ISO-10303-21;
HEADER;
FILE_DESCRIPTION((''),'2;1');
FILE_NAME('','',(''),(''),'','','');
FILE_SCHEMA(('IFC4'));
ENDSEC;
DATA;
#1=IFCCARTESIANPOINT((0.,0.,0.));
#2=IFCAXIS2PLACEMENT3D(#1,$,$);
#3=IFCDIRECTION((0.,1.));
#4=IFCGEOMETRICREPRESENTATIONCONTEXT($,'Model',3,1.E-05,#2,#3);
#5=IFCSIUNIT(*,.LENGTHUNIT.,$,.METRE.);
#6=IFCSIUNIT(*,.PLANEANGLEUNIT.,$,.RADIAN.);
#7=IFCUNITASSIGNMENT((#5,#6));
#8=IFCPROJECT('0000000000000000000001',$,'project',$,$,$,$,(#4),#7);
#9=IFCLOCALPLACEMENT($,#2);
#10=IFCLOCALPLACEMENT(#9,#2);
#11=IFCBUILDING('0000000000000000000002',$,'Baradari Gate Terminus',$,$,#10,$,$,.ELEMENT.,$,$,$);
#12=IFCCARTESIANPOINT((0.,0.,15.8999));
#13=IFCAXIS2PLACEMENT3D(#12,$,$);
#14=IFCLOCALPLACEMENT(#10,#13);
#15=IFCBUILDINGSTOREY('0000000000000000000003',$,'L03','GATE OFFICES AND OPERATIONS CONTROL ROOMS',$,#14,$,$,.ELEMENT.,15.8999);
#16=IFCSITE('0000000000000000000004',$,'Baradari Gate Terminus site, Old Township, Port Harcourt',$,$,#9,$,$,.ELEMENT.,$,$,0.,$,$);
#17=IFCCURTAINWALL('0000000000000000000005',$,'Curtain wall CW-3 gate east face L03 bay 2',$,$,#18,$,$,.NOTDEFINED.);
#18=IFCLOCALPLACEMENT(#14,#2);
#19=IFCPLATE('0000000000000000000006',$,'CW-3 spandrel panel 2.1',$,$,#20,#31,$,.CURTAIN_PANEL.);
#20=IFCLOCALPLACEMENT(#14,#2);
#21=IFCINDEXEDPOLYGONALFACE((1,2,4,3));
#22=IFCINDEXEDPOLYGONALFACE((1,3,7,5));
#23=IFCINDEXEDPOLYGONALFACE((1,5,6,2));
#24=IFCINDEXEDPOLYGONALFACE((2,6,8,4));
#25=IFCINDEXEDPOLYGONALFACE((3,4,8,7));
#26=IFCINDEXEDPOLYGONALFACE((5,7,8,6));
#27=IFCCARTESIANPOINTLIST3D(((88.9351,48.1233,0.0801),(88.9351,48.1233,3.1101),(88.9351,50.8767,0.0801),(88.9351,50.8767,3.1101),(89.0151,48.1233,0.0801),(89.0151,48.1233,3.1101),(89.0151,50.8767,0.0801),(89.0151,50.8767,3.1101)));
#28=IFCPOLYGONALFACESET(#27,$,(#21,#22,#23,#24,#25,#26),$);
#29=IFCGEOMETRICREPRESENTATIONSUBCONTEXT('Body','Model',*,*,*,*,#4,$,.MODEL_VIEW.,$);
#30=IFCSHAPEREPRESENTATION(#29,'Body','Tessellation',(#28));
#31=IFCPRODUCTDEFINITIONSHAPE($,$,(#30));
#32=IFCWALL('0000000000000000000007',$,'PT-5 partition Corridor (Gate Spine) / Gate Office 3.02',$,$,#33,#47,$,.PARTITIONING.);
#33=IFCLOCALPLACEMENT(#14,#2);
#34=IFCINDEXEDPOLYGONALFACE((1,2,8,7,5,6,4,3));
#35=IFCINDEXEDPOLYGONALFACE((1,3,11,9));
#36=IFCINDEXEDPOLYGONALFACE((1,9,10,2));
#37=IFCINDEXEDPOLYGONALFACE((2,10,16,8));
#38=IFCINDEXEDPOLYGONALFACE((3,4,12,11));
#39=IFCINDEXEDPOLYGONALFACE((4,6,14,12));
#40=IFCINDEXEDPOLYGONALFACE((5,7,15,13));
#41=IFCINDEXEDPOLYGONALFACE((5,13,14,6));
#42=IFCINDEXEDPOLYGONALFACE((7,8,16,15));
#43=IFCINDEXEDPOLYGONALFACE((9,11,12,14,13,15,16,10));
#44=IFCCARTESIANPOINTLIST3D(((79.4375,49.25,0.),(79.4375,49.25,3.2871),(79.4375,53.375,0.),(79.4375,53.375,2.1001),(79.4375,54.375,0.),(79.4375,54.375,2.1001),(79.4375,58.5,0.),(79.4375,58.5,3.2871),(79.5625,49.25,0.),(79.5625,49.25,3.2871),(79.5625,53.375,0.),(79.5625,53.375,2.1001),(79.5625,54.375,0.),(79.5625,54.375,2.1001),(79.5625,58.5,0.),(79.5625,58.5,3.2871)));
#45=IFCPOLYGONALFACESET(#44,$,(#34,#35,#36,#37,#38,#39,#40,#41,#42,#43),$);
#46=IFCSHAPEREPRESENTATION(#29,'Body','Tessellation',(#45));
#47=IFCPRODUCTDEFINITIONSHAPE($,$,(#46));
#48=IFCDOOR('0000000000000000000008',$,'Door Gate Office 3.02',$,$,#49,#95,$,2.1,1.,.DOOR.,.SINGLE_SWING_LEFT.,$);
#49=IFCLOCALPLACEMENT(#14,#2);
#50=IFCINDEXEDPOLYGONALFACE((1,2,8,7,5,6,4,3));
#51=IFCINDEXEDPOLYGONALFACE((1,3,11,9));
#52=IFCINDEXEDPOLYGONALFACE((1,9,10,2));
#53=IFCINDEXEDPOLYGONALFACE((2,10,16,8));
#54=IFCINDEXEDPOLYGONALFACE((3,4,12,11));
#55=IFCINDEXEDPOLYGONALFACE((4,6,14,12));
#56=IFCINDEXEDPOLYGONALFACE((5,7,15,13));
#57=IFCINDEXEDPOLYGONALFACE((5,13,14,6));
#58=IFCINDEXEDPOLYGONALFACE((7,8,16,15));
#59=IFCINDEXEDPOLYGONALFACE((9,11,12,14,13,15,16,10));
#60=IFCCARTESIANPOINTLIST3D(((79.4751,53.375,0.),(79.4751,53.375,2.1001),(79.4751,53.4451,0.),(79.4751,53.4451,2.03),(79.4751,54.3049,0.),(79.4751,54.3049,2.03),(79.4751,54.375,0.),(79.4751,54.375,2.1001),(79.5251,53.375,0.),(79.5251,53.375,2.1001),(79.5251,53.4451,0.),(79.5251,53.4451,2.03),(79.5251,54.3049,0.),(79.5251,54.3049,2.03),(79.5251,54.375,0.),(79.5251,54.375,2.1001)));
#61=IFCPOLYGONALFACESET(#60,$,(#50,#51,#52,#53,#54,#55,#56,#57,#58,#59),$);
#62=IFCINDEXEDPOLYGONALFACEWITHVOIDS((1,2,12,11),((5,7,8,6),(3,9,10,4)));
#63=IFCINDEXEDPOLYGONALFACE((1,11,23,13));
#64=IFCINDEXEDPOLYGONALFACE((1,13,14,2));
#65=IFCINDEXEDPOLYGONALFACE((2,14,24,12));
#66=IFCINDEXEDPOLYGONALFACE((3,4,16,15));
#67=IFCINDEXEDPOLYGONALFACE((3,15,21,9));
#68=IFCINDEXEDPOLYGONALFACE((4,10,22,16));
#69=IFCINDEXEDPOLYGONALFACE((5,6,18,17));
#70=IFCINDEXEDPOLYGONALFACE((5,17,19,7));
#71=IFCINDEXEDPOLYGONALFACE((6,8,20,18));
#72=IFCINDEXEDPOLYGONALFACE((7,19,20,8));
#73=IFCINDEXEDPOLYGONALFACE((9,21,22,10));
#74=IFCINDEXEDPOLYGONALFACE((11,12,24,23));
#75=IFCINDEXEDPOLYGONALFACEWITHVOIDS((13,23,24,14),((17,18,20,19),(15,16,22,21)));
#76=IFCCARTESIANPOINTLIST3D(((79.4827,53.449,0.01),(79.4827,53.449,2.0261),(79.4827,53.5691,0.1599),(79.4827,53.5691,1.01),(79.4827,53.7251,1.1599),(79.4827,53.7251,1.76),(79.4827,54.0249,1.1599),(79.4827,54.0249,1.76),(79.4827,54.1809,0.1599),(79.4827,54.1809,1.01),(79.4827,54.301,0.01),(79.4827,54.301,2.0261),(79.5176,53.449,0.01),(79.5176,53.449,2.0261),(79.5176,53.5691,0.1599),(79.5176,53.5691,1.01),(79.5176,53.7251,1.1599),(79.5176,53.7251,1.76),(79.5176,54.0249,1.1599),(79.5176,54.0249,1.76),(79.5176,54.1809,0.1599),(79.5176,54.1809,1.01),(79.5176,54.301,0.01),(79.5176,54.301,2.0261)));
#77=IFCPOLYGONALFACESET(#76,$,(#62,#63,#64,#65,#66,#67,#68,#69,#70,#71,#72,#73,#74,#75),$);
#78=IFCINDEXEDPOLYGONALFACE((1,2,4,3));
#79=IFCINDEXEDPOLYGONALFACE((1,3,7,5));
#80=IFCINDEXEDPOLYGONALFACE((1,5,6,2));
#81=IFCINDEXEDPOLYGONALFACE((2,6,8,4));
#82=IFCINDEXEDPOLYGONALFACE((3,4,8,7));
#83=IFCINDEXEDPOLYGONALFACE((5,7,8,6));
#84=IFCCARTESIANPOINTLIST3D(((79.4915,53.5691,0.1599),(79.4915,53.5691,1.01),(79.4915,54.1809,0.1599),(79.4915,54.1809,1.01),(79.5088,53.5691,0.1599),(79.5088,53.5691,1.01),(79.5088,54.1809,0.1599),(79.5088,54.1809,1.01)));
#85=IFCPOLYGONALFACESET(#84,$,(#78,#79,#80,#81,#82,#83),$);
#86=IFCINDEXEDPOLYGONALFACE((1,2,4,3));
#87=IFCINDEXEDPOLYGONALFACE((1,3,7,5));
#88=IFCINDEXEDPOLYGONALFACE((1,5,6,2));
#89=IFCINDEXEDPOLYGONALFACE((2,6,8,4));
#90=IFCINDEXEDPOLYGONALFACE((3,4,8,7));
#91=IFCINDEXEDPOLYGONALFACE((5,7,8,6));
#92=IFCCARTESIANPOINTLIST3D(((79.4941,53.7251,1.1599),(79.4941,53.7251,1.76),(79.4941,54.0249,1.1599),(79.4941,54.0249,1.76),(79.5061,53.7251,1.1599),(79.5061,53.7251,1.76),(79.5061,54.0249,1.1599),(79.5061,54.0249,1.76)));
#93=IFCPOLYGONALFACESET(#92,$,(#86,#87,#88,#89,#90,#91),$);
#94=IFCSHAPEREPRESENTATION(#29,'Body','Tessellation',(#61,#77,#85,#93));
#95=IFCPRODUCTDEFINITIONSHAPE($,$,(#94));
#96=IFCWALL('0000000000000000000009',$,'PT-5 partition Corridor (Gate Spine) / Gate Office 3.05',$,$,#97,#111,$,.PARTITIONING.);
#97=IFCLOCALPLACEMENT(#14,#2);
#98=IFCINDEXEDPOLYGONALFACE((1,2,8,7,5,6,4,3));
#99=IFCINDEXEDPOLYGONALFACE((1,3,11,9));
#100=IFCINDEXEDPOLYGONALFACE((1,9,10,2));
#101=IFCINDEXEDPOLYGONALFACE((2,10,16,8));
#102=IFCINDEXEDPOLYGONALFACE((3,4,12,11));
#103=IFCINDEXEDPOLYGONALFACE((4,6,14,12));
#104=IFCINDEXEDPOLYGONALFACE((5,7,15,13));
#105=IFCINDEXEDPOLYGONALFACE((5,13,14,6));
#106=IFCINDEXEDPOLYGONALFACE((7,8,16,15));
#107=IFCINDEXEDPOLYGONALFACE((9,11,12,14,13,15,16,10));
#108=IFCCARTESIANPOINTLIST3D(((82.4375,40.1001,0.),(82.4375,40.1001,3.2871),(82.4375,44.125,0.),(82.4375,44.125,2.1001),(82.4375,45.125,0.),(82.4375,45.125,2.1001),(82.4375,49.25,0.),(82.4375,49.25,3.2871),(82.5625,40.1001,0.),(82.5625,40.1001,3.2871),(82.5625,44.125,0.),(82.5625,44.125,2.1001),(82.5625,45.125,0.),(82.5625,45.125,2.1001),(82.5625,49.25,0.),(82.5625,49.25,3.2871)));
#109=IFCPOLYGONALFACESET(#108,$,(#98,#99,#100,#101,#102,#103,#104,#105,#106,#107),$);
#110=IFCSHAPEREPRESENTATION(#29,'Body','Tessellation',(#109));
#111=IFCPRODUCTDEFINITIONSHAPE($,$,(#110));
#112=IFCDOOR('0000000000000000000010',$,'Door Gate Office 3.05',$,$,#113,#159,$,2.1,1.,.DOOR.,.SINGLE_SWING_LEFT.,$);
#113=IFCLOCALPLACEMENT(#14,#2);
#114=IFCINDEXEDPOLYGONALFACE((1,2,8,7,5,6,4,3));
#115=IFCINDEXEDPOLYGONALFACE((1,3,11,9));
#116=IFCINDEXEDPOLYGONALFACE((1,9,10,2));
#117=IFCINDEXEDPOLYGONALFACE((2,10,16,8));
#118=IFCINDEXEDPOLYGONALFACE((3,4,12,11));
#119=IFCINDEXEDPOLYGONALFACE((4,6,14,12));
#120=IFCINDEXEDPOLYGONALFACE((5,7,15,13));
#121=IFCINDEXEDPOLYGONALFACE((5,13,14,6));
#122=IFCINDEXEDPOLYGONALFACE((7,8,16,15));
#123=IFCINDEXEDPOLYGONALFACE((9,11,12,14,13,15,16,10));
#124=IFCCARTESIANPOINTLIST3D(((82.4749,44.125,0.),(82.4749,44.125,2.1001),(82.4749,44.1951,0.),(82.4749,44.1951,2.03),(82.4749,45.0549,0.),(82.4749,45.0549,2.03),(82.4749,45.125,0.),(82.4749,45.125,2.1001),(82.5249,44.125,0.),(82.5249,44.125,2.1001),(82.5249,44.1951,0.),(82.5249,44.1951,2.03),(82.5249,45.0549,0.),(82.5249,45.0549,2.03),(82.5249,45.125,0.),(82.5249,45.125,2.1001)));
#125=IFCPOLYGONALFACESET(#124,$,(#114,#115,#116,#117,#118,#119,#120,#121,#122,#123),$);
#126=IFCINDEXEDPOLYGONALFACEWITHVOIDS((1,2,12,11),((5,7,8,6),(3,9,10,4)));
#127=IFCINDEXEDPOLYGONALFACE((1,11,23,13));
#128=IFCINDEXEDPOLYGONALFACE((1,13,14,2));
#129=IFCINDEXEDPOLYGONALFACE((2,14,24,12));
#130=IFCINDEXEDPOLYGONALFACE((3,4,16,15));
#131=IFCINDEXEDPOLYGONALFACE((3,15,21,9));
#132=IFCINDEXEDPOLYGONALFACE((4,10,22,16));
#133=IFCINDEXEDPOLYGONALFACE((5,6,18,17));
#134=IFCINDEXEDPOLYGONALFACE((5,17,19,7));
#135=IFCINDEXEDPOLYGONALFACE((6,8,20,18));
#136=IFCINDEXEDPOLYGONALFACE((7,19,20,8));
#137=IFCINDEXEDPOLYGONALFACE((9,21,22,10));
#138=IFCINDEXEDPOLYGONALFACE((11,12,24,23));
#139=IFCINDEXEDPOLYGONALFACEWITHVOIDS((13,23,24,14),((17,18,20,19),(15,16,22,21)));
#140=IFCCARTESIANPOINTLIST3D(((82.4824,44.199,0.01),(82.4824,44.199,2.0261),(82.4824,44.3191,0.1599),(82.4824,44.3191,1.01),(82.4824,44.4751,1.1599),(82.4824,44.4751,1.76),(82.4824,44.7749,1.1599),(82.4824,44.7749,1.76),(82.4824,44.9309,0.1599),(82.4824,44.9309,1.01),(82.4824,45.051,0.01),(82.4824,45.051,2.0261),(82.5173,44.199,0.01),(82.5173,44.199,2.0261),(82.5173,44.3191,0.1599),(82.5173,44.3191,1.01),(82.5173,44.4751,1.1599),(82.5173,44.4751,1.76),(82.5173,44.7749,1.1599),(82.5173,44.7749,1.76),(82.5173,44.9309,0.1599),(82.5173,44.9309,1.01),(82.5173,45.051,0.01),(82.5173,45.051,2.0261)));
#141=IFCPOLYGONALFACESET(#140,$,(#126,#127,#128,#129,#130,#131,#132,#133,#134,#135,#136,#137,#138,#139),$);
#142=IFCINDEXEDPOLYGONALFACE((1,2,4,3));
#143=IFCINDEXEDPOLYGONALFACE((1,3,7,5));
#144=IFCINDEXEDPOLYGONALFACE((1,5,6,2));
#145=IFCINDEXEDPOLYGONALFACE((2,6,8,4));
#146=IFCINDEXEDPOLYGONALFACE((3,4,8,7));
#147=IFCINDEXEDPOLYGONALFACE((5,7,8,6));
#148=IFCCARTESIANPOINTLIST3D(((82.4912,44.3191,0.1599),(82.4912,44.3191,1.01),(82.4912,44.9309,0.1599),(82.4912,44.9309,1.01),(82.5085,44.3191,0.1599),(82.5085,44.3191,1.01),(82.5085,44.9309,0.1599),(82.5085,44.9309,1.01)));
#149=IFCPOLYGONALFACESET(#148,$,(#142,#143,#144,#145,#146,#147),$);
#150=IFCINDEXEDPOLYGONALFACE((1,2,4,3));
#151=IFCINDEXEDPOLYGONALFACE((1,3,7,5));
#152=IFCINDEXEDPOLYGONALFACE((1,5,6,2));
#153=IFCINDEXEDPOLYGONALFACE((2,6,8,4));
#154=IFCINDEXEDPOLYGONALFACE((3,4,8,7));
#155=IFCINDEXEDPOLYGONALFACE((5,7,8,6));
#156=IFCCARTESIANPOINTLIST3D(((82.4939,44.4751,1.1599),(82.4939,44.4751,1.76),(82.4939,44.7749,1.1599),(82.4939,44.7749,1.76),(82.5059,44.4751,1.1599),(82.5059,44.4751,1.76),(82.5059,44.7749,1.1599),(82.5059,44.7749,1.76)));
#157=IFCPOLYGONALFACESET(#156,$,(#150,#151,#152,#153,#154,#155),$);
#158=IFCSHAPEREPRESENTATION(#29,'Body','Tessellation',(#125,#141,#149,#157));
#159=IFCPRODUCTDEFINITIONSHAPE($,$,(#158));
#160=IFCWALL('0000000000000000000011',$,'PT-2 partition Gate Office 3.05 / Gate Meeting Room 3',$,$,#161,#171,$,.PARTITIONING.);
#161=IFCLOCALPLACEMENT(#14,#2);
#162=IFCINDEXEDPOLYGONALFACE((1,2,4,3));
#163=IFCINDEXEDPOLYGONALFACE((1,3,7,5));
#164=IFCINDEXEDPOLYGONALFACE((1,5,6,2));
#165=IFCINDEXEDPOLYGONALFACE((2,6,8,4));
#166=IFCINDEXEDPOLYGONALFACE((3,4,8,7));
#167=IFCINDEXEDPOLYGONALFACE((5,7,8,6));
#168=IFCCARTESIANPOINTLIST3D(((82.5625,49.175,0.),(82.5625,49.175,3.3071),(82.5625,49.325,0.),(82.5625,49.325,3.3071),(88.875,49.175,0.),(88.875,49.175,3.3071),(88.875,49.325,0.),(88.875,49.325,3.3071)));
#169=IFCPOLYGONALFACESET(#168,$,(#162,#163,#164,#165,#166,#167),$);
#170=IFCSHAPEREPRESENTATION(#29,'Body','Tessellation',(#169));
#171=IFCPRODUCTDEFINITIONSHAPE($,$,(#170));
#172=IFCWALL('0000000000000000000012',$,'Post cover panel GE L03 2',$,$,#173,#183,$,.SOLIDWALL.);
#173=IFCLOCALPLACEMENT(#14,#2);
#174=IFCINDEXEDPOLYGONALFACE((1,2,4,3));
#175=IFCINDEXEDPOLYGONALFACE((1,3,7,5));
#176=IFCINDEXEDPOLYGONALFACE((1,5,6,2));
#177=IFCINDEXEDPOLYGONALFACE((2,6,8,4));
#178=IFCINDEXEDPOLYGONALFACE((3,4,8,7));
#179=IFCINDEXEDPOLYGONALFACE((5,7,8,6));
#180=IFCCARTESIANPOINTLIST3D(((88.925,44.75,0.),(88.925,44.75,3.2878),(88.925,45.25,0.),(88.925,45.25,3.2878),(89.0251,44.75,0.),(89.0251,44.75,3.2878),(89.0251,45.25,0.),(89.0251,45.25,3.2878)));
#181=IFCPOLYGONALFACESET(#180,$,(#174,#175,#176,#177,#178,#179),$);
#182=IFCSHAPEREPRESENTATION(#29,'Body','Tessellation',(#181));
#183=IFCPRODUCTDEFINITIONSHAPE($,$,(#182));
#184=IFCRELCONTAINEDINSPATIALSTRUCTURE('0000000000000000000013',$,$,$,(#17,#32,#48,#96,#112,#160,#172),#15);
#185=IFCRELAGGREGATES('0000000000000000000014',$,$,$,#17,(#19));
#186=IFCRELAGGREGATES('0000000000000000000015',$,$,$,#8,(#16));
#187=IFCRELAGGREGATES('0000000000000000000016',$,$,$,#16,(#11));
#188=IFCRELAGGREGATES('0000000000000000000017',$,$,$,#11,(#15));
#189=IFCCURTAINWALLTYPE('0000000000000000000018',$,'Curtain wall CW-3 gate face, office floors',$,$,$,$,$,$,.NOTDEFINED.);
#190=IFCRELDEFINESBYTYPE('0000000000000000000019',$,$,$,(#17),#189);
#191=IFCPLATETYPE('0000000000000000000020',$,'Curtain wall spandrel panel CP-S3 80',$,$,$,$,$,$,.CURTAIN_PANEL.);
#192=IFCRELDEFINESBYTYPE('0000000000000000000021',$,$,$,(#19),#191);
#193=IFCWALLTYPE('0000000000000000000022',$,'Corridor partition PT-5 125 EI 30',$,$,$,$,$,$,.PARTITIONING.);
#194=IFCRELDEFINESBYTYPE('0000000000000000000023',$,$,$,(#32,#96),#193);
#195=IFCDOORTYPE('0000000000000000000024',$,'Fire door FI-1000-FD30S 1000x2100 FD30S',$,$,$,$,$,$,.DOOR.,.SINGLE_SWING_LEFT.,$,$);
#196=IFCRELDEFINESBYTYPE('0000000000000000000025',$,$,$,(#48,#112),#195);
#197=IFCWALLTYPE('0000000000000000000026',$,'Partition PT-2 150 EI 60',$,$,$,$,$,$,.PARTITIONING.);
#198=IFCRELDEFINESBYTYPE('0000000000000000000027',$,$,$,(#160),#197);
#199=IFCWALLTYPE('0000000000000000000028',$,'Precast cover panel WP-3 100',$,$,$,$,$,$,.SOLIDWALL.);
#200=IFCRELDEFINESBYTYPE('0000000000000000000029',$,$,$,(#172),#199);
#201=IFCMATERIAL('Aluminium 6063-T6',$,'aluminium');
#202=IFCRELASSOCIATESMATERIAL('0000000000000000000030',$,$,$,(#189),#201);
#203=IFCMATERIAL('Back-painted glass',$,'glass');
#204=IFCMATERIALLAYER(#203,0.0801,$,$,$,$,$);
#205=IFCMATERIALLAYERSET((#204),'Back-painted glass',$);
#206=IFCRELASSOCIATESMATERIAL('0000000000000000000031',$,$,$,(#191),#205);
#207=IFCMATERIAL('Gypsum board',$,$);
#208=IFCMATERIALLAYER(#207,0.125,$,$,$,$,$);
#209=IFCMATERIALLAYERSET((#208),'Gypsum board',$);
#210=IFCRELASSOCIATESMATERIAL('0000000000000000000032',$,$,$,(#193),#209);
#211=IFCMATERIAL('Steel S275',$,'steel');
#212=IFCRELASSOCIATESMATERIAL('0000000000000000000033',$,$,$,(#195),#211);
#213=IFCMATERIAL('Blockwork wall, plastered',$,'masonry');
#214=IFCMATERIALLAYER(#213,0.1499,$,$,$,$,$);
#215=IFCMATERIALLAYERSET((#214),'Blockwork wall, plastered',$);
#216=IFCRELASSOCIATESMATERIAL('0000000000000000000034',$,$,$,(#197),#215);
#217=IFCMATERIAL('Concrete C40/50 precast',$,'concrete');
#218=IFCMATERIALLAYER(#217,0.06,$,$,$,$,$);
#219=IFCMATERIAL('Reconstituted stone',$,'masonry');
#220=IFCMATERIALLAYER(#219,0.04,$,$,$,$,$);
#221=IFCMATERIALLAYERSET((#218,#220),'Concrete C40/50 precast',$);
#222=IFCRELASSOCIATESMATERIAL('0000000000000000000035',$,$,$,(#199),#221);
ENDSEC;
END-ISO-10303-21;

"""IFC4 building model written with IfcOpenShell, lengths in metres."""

from ifc_helpers import new_model, si_unit, direction, frame, frame_2d, origin, origin_2d, place, context, subcontext, project, spatial, polyline, rectangle, outline, extrude, material, layer, layer_set, type_object, element, fill, aggregate, save


model = new_model("IFC4")

# Units and contexts
model_context = context("Model", 3, precision=1e-05, world=origin(), true_north=direction((0.0, 1.0)))
body_context = subcontext(model_context, "Body", "Model", "MODEL_VIEW")
ifc_project = project(units=[si_unit("LENGTHUNIT", "METRE"), si_unit("PLANEANGLEUNIT", "RADIAN")], contexts=[model_context])

# Site, building, storey
site_placement = place(None, origin())
site = spatial("IfcSite", under=ifc_project, at=site_placement, Name="Baradari Gate Terminus site, Old Township, Port Harcourt", CompositionType="ELEMENT", RefElevation=0.0)
building_placement = place(site_placement, origin())
building = spatial("IfcBuilding", under=site, at=building_placement, Name="Baradari Gate Terminus", CompositionType="ELEMENT")
storey_placement = place(building_placement, frame((0.0, 0.0, 15.8999)))
storey = spatial("IfcBuildingStorey", under=building, at=storey_placement, Name="L03", Description="GATE OFFICES AND OPERATIONS CONTROL ROOMS", CompositionType="ELEMENT", Elevation=15.8999)

# Shared definitions
ifc_material_1 = material(Name="Aluminium 6063-T6", Category="aluminium")
curtain_wall_type = type_object("IfcCurtainWallType", Name="Curtain wall CW-3 gate face, office floors", PredefinedType="NOTDEFINED", material=ifc_material_1)

# Curtain wall
curtain_wall_1_placement = place(storey_placement, origin())
curtain_wall_1 = element("IfcCurtainWall", 1, at=curtain_wall_1_placement, inside=storey, type_object=curtain_wall_type, Name="Curtain wall CW-3 gate east face L03 bay 2", PredefinedType="NOTDEFINED")

# Plate
ifc_material_2 = material(Name="Back-painted glass", Category="glass")
ifc_layer_1 = layer(ifc_material_2, 0.0801)
ifc_layer_set_1 = layer_set([ifc_layer_1], Name="Back-painted glass")
plate_type_1 = type_object("IfcPlateType", Name="Curtain wall spandrel panel CP-S3 80", PredefinedType="CURTAIN_PANEL", material=ifc_layer_set_1)
plate_1_placement = place(storey_placement, frame((88.9751, 49.5, 0.0801), z_axis=(0.0, 0.0, 1.0), x_axis=(0.0, 1.0, 0.0)))
plate_1 = element("IfcPlate", 2, at=plate_1_placement, type_object=plate_type_1, Name="CW-3 spandrel panel 2.1", PredefinedType="CURTAIN_PANEL", context=body_context, shape_type="SweptSolid", body=[
    extrude(rectangle(XDim=2.7534, YDim=0.0801, at=origin_2d()), origin(), (0.0, 0.0, 1.0), 3.03),
])
aggregate(curtain_wall_1, [plate_1])

# Walls, openings, doors
ifc_material_3 = material(Name="Gypsum board")
ifc_layer_2 = layer(ifc_material_3, 0.125)
ifc_layer_set_2 = layer_set([ifc_layer_2], Name="Gypsum board")
wall_type_1 = type_object("IfcWallType", Name="Corridor partition PT-5 125 EI 30", PredefinedType="PARTITIONING", material=ifc_layer_set_2)
wall_1_placement = place(storey_placement, frame((79.5, 49.25, 0.0), z_axis=(0.0, 0.0, 1.0), x_axis=(0.0, 1.0, 0.0)))
wall_1 = element("IfcWall", 3, at=wall_1_placement, inside=storey, type_object=wall_type_1, Name="PT-5 partition Corridor (Gate Spine) / Gate Office 3.02", PredefinedType="PARTITIONING", context=body_context, shape_type="SweptSolid", body=[
    extrude(rectangle(XDim=9.25, YDim=0.125, at=frame_2d((4.625, 0.0))), origin(), (0.0, 0.0, 1.0), 3.2871),
])
opening_1_placement = place(wall_1_placement, frame((4.125, 0.0, 0.0)))
opening_1 = element("IfcOpeningElement", 4, at=opening_1_placement, cuts=wall_1, PredefinedType="OPENING", context=body_context, shape_type="SweptSolid", body=[
    extrude(rectangle(XDim=1.0, YDim=2.1001, at=frame_2d((0.5, 1.05))), frame((0.0, 0.0725, 0.0), z_axis=(0.0, -1.0, 0.0), x_axis=(1.0, 0.0, 0.0)), (0.0, 0.0, 1.0), 0.145),
])
ifc_material_4 = material(Name="Steel S275", Category="steel")
door_type = type_object("IfcDoorType", Name="Fire door FI-1000-FD30S 1000x2100 FD30S", OperationType="SINGLE_SWING_LEFT", PredefinedType="DOOR", material=ifc_material_4)
door_1_placement = place(opening_1_placement, origin())
door_1 = element("IfcDoor", 5, at=door_1_placement, inside=storey, type_object=door_type, Name="Door Gate Office 3.02", OperationType="SINGLE_SWING_LEFT", OverallHeight=2.1, OverallWidth=1.0, PredefinedType="DOOR", context=body_context, shape_type="SweptSolid", body=[
    extrude(outline(polyline([(0.0, 0.0), (0.0701, 0.0), (0.0701, 2.03), (0.9299, 2.03), (0.9299, 0.0), (1.0, 0.0), (1.0, 2.1001), (0.0, 2.1001), (0.0, 0.0)])), frame((0.0, 0.0249, 0.0), z_axis=(0.0, -1.0, 0.0), x_axis=(1.0, 0.0, 0.0)), (0.0, 0.0, 1.0), 0.05),
    extrude(outline(polyline([(0.074, 0.01), (0.926, 0.01), (0.926, 2.0261), (0.074, 2.0261), (0.074, 0.01)]), holes=[polyline([(0.1941, 0.1599), (0.8059, 0.1599), (0.8059, 1.01), (0.1941, 1.01), (0.1941, 0.1599)]), polyline([(0.3501, 1.1599), (0.6499, 1.1599), (0.6499, 1.76), (0.3501, 1.76), (0.3501, 1.1599)])]), frame((0.0, 0.0173, 0.0), z_axis=(0.0, -1.0, 0.0), x_axis=(1.0, 0.0, 0.0)), (0.0, 0.0, 1.0), 0.0349),
    extrude(rectangle(XDim=0.6118, YDim=0.8501, at=frame_2d((0.5, 0.585))), frame((0.0, 0.0085, 0.0), z_axis=(0.0, -1.0, 0.0), x_axis=(1.0, 0.0, 0.0)), (0.0, 0.0, 1.0), 0.0173),
    extrude(rectangle(XDim=0.2998, YDim=0.6001, at=frame_2d((0.5, 1.46))), frame((0.0, 0.0059, 0.0), z_axis=(0.0, -1.0, 0.0), x_axis=(1.0, 0.0, 0.0)), (0.0, 0.0, 1.0), 0.012),
])
fill(opening_1, door_1)
wall_2_placement = place(storey_placement, frame((82.5, 49.25, 0.0), z_axis=(0.0, 0.0, 1.0), x_axis=(0.0, -1.0, 0.0)))
wall_2 = element("IfcWall", 6, at=wall_2_placement, inside=storey, type_object=wall_type_1, Name="PT-5 partition Corridor (Gate Spine) / Gate Office 3.05", PredefinedType="PARTITIONING", context=body_context, shape_type="SweptSolid", body=[
    extrude(rectangle(XDim=9.1499, YDim=0.125, at=frame_2d((4.575, 0.0))), origin(), (0.0, 0.0, 1.0), 3.2871),
])
opening_2_placement = place(wall_2_placement, frame((4.125, 0.0, 0.0)))
opening_2 = element("IfcOpeningElement", 7, at=opening_2_placement, cuts=wall_2, PredefinedType="OPENING", context=body_context, shape_type="SweptSolid", body=[
    extrude(rectangle(XDim=1.0, YDim=2.1001, at=frame_2d((0.5, 1.05))), frame((0.0, 0.0725, 0.0), z_axis=(0.0, -1.0, 0.0), x_axis=(1.0, 0.0, 0.0)), (0.0, 0.0, 1.0), 0.145),
])
door_2_placement = place(opening_2_placement, origin())
door_2 = element("IfcDoor", 8, at=door_2_placement, inside=storey, type_object=door_type, Name="Door Gate Office 3.05", OperationType="SINGLE_SWING_LEFT", OverallHeight=2.1, OverallWidth=1.0, PredefinedType="DOOR", context=body_context, shape_type="SweptSolid", body=[
    extrude(outline(polyline([(0.0, 0.0), (0.0701, 0.0), (0.0701, 2.03), (0.9299, 2.03), (0.9299, 0.0), (1.0, 0.0), (1.0, 2.1001), (0.0, 2.1001), (0.0, 0.0)])), frame((0.0, 0.0249, 0.0), z_axis=(0.0, -1.0, 0.0), x_axis=(1.0, 0.0, 0.0)), (0.0, 0.0, 1.0), 0.05),
    extrude(outline(polyline([(0.074, 0.01), (0.926, 0.01), (0.926, 2.0261), (0.074, 2.0261), (0.074, 0.01)]), holes=[polyline([(0.1941, 0.1599), (0.8059, 0.1599), (0.8059, 1.01), (0.1941, 1.01), (0.1941, 0.1599)]), polyline([(0.3501, 1.1599), (0.6499, 1.1599), (0.6499, 1.76), (0.3501, 1.76), (0.3501, 1.1599)])]), frame((0.0, 0.0173, 0.0), z_axis=(0.0, -1.0, 0.0), x_axis=(1.0, 0.0, 0.0)), (0.0, 0.0, 1.0), 0.0349),
    extrude(rectangle(XDim=0.6118, YDim=0.8501, at=frame_2d((0.5, 0.585))), frame((0.0, 0.0085, 0.0), z_axis=(0.0, -1.0, 0.0), x_axis=(1.0, 0.0, 0.0)), (0.0, 0.0, 1.0), 0.0173),
    extrude(rectangle(XDim=0.2998, YDim=0.6001, at=frame_2d((0.5, 1.46))), frame((0.0, 0.0059, 0.0), z_axis=(0.0, -1.0, 0.0), x_axis=(1.0, 0.0, 0.0)), (0.0, 0.0, 1.0), 0.012),
])
fill(opening_2, door_2)

# Walls
ifc_material_5 = material(Name="Blockwork wall, plastered", Category="masonry")
ifc_layer_3 = layer(ifc_material_5, 0.1499)
ifc_layer_set_3 = layer_set([ifc_layer_3], Name="Blockwork wall, plastered")
wall_type_2 = type_object("IfcWallType", Name="Partition PT-2 150 EI 60", PredefinedType="PARTITIONING", material=ifc_layer_set_3)
wall_3_placement = place(storey_placement, frame((82.5625, 49.25, 0.0), z_axis=(0.0, 0.0, 1.0), x_axis=(1.0, 0.0, 0.0)))
element("IfcWall", 9, at=wall_3_placement, inside=storey, type_object=wall_type_2, Name="PT-2 partition Gate Office 3.05 / Gate Meeting Room 3", PredefinedType="PARTITIONING", context=body_context, shape_type="SweptSolid", body=[
    extrude(rectangle(XDim=6.3125, YDim=0.1499, at=frame_2d((3.1562, 0.0))), origin(), (0.0, 0.0, 1.0), 3.3071),
])
ifc_material_6 = material(Name="Concrete C40/50 precast", Category="concrete")
ifc_layer_4 = layer(ifc_material_6, 0.06)
ifc_material_7 = material(Name="Reconstituted stone", Category="masonry")
ifc_layer_5 = layer(ifc_material_7, 0.04)
ifc_layer_set_4 = layer_set([ifc_layer_4, ifc_layer_5], Name="Concrete C40/50 precast")
wall_type_3 = type_object("IfcWallType", Name="Precast cover panel WP-3 100", PredefinedType="SOLIDWALL", material=ifc_layer_set_4)
wall_4_placement = place(storey_placement, frame((88.9751, 44.75, 0.0), z_axis=(0.0, 0.0, 1.0), x_axis=(0.0, 1.0, 0.0)))
element("IfcWall", 10, at=wall_4_placement, inside=storey, type_object=wall_type_3, Name="Post cover panel GE L03 2", PredefinedType="SOLIDWALL", context=body_context, shape_type="SweptSolid", body=[
    extrude(rectangle(XDim=0.5, YDim=0.1001, at=frame_2d((0.25, 0.0))), origin(), (0.0, 0.0, 1.0), 3.2878),
])

save(model, "model.ifc")
